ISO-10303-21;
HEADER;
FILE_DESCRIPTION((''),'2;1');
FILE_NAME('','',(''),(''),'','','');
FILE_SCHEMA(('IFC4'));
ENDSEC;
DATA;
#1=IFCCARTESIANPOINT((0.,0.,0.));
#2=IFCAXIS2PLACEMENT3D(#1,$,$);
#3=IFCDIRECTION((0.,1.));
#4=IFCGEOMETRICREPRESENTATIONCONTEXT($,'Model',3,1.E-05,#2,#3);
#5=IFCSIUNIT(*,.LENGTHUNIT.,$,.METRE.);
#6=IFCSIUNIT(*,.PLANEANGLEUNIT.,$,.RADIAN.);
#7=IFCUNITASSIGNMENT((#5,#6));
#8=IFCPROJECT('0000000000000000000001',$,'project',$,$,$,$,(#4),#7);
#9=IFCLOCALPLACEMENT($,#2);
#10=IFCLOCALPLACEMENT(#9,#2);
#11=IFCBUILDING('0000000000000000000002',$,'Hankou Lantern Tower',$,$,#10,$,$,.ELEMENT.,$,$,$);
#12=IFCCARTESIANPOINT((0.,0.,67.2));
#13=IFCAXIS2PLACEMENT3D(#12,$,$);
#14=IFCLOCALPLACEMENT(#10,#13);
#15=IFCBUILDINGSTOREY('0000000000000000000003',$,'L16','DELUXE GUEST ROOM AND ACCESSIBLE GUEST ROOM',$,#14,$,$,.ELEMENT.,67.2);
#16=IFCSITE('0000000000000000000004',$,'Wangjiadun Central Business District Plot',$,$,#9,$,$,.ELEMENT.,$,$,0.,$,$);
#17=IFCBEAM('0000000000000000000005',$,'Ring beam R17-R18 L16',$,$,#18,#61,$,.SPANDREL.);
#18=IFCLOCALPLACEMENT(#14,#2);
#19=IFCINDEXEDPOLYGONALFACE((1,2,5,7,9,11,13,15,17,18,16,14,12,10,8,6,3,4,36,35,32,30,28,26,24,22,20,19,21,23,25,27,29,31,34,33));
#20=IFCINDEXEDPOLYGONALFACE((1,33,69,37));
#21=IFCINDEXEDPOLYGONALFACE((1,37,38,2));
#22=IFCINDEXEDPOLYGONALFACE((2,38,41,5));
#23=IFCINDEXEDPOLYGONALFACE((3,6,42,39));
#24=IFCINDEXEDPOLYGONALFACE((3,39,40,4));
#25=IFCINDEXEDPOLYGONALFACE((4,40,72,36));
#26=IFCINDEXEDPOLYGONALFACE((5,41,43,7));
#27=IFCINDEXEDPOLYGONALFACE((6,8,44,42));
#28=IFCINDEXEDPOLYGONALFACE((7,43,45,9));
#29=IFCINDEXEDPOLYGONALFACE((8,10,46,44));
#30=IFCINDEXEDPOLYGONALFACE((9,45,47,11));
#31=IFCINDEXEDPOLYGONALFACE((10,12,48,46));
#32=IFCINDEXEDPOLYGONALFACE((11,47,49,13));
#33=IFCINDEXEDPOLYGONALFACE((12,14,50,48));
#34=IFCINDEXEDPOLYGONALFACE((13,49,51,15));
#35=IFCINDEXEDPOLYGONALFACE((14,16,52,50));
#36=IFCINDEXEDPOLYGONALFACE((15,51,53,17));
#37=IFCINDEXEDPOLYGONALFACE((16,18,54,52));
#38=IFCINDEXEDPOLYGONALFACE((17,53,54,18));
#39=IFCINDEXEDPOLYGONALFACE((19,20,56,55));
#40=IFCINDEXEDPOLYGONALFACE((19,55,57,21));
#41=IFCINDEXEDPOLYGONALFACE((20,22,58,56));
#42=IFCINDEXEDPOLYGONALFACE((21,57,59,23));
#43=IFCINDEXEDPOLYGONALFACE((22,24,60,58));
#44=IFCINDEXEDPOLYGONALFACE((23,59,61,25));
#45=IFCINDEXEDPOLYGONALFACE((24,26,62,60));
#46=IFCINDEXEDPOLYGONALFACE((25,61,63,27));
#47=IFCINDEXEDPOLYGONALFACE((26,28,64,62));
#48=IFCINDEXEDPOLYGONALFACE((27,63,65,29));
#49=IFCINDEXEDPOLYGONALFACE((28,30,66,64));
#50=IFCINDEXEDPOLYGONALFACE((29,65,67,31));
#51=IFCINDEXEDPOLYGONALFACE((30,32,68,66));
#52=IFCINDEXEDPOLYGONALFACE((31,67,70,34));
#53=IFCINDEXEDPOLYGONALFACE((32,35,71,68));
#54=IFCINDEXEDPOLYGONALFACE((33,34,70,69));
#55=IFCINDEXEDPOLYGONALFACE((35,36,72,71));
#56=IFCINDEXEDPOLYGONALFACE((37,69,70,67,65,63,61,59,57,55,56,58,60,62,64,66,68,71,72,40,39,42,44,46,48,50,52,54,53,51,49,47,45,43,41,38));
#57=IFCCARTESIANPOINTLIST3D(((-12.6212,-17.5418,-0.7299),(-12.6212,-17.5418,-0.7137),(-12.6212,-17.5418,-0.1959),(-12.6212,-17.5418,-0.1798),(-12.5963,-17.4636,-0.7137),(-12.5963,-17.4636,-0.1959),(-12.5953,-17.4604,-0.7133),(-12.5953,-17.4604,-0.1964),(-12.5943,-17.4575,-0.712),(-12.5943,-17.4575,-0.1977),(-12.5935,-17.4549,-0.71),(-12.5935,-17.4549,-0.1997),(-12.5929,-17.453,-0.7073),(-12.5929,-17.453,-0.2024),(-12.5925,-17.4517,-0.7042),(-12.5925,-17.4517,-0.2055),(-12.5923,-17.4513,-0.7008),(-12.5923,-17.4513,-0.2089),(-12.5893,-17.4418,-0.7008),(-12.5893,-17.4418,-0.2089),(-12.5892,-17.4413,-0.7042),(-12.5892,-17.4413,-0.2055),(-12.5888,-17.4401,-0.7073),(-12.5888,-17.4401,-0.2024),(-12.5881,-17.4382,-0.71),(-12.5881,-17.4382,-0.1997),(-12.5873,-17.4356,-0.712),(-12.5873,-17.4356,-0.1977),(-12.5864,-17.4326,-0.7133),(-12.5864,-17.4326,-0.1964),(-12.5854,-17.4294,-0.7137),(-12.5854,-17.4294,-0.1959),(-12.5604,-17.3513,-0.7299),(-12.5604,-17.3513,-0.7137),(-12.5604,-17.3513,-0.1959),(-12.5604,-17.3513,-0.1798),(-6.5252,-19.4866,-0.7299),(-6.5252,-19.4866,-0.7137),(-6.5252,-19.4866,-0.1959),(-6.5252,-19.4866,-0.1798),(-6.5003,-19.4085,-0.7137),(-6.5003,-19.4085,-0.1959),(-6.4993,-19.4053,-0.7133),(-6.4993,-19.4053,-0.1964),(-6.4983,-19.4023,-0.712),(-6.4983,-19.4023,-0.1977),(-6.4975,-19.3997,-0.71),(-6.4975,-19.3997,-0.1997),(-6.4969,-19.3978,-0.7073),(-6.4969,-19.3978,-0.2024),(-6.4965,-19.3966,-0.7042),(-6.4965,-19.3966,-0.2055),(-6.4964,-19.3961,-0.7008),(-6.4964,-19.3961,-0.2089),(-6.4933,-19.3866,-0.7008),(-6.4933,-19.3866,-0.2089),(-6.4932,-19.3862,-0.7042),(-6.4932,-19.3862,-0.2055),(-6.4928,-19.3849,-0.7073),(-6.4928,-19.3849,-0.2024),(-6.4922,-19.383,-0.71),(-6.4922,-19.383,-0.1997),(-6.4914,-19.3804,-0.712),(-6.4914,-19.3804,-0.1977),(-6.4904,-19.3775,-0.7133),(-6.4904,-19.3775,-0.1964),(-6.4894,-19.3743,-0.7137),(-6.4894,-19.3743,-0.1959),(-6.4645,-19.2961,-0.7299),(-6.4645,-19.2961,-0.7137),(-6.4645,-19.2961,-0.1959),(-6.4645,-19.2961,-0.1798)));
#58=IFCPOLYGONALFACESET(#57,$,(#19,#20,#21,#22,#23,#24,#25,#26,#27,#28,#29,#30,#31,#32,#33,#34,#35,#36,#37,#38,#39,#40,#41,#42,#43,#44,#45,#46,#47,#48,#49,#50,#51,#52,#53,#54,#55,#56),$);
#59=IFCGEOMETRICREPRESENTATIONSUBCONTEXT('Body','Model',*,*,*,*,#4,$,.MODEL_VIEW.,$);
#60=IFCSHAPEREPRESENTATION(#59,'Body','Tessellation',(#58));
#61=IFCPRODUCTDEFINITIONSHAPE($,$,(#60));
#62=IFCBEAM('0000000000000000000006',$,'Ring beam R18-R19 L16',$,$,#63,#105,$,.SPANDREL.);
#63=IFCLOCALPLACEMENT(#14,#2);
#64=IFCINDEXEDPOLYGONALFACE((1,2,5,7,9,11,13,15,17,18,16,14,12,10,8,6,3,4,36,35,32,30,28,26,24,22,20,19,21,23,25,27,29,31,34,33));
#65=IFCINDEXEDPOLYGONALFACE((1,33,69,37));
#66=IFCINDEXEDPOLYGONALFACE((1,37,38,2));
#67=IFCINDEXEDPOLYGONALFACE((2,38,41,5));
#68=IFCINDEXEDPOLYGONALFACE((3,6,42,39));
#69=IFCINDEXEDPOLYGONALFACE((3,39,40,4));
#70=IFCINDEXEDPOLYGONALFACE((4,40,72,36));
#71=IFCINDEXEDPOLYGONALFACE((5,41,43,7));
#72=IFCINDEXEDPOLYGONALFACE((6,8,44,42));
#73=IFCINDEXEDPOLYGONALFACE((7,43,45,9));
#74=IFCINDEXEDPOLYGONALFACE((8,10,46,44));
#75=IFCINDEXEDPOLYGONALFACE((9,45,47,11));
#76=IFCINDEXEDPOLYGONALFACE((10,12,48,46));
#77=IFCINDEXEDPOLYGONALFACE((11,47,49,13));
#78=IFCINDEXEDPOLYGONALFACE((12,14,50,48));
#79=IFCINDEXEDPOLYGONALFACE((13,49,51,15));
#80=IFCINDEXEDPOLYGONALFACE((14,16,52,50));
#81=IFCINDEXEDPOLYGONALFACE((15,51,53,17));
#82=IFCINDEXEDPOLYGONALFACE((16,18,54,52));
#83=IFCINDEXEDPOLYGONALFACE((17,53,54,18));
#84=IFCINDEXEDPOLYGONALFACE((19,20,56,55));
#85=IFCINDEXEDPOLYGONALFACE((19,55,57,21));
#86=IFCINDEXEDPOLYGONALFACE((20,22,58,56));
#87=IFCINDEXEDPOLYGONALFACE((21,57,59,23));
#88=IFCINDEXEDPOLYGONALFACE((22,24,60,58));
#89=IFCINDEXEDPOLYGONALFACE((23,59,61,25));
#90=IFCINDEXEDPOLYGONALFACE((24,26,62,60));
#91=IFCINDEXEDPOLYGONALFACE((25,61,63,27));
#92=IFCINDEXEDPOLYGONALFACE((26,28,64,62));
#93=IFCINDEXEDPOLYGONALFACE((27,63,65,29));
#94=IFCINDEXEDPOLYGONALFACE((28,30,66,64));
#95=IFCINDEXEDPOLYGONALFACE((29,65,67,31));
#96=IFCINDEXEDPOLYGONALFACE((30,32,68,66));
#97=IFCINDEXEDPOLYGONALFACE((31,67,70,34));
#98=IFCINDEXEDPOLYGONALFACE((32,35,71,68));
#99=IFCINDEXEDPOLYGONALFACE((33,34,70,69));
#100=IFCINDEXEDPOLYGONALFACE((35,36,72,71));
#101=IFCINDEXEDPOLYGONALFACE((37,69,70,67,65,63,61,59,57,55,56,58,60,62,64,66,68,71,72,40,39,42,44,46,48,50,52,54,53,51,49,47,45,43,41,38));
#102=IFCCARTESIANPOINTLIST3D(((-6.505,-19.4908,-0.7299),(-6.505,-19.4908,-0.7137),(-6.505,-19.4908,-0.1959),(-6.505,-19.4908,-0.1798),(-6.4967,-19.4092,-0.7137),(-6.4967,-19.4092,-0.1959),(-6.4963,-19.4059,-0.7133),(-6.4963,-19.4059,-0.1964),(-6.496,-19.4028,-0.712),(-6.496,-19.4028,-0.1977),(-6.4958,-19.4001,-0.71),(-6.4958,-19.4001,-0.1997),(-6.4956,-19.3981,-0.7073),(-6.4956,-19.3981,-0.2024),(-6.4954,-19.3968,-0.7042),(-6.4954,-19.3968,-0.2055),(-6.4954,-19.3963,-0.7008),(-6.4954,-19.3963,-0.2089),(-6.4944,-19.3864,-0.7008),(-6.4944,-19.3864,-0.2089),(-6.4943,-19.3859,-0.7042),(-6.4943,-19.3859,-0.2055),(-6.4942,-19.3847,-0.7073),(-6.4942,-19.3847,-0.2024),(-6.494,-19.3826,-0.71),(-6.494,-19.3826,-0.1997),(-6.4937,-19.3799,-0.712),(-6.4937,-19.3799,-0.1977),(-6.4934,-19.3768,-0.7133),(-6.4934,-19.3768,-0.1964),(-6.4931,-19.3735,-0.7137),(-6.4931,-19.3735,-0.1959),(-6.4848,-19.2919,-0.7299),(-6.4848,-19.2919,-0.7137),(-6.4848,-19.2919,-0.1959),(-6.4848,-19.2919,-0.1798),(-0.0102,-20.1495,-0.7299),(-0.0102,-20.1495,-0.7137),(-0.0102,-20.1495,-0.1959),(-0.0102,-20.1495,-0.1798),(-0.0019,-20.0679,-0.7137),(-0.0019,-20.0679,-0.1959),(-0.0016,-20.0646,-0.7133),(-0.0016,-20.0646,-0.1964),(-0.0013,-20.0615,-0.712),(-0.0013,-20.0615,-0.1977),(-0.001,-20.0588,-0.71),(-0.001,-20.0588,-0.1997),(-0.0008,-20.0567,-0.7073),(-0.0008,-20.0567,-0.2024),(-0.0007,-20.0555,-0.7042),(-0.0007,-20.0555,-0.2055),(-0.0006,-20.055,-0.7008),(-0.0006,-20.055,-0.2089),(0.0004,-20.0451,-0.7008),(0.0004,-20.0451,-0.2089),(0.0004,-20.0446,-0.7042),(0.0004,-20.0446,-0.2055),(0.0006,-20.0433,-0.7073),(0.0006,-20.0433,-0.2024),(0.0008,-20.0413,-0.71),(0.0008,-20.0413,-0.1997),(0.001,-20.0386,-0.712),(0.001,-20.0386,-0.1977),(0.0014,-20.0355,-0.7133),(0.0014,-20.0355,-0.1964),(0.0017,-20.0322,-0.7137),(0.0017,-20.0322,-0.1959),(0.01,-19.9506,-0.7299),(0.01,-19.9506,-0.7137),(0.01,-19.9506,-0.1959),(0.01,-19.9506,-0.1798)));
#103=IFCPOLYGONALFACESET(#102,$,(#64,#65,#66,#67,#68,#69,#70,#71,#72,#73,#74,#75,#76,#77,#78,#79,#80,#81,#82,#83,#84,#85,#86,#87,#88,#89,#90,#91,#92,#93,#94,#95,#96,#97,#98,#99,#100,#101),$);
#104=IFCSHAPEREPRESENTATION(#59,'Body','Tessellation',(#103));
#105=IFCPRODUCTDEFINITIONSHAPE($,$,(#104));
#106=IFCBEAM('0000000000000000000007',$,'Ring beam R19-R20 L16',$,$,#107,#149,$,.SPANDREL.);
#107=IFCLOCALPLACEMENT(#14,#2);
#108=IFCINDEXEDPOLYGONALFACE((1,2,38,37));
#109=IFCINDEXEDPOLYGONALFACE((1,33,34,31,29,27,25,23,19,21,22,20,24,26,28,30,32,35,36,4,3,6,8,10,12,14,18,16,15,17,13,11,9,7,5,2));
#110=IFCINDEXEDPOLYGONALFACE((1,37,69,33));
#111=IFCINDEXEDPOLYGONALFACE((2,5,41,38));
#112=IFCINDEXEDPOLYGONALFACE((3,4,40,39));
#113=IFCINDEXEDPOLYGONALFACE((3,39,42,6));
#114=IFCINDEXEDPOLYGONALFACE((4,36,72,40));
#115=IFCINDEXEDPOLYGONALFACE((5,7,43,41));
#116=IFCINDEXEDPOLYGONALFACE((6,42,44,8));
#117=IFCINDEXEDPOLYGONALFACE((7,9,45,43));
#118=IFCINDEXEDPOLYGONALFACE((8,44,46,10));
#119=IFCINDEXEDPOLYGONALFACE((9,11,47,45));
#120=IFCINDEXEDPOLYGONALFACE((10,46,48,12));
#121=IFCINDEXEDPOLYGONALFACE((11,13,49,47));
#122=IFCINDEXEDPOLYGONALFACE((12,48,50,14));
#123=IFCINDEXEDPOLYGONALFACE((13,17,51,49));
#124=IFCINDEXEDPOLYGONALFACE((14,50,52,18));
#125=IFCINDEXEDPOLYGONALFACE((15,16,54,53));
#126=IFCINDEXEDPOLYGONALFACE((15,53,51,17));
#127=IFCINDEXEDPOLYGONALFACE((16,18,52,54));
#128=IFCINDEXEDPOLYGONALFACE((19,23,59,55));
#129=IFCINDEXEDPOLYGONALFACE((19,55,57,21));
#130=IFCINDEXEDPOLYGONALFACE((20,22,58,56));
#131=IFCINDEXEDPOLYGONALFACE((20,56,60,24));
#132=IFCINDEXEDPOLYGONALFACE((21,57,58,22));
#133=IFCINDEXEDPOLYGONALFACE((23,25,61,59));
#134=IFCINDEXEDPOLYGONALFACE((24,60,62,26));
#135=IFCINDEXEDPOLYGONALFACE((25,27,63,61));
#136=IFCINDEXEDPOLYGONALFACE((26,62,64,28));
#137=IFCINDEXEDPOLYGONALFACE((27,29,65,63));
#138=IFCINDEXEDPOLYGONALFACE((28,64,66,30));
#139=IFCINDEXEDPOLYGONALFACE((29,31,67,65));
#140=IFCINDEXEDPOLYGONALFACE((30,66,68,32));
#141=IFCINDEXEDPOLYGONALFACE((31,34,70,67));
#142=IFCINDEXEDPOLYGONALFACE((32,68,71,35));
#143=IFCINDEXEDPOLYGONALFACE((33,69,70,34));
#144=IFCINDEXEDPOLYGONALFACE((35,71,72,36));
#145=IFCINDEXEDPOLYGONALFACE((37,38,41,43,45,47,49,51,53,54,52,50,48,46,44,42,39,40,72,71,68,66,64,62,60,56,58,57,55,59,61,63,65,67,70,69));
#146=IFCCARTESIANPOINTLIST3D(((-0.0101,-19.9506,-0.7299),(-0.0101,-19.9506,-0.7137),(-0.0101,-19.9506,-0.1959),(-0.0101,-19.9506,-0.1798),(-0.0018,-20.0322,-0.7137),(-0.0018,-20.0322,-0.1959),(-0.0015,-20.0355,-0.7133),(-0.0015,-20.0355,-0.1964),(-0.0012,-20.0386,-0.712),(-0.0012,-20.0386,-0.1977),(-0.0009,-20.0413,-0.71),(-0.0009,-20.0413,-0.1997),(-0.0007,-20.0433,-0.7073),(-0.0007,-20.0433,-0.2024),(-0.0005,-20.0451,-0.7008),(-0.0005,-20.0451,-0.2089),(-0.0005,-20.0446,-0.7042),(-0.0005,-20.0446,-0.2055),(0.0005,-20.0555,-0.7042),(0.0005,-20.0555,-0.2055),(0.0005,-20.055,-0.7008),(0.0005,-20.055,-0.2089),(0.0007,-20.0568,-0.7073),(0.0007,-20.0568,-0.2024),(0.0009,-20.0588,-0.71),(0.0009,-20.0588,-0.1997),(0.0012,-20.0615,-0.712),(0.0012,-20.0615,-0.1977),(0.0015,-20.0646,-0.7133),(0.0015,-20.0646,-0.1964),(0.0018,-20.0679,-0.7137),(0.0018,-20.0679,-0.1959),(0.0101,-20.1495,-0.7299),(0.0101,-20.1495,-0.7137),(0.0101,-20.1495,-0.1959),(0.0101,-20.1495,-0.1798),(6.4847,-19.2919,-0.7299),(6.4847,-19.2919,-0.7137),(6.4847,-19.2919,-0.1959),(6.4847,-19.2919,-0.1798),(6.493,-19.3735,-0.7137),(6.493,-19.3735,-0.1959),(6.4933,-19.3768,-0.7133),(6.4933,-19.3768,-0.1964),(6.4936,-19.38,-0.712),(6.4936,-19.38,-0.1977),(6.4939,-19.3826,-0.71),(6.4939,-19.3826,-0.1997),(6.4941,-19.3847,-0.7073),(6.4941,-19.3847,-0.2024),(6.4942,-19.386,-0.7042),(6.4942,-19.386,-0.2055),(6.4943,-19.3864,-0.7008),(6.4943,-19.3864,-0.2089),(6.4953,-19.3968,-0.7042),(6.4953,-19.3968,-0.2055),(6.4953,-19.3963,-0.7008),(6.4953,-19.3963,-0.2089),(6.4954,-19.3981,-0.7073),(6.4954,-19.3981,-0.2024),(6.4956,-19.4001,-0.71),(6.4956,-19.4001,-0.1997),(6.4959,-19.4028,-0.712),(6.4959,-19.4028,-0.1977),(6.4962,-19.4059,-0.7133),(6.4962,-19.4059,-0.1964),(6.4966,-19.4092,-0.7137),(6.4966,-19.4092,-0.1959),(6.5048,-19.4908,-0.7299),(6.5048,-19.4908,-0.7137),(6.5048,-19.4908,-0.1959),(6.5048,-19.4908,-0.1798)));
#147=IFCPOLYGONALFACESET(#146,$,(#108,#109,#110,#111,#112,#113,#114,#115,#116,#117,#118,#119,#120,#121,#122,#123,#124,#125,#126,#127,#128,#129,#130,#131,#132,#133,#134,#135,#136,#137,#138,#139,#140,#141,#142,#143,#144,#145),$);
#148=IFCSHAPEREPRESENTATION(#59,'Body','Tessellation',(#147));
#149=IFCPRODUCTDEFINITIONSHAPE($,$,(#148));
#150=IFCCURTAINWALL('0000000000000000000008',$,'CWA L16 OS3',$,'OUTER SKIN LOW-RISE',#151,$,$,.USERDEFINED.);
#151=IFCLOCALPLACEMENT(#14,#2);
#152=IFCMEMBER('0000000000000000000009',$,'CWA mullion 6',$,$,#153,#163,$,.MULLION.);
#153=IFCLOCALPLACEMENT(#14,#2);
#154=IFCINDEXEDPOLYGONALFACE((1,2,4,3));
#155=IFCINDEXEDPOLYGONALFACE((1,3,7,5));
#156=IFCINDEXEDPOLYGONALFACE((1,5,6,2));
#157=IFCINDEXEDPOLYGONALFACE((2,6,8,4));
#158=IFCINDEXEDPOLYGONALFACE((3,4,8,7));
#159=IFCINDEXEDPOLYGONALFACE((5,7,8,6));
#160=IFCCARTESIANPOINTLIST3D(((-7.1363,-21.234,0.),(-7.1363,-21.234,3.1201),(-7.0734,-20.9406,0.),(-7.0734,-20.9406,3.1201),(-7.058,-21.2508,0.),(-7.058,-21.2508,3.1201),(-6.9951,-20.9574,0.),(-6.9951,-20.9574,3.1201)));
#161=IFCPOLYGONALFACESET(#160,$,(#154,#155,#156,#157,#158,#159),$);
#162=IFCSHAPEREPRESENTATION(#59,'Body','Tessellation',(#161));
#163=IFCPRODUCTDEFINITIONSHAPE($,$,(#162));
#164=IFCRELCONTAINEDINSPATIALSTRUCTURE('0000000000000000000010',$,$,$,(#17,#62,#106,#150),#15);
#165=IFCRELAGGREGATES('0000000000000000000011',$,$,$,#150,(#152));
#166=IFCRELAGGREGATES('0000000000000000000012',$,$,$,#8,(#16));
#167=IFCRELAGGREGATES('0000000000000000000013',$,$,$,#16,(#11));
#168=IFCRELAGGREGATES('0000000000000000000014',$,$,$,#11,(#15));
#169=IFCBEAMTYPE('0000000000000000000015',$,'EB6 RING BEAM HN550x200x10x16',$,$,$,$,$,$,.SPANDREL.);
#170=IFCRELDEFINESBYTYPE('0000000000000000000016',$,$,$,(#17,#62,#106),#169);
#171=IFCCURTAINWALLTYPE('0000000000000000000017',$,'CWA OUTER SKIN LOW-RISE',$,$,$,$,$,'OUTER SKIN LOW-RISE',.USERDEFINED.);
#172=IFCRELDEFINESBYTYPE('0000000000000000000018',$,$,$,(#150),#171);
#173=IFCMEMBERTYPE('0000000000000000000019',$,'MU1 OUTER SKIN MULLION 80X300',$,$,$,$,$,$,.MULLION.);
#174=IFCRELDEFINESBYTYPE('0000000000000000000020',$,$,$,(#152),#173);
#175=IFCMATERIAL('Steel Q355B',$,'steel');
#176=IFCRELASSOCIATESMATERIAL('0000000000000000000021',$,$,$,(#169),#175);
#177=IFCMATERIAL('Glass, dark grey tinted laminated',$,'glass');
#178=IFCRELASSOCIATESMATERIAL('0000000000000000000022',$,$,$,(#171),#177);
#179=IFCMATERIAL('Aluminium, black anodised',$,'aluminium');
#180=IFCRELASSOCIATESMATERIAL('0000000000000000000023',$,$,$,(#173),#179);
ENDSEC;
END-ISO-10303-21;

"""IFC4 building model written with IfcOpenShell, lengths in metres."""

from ifc_helpers import new_model, si_unit, direction, frame, origin, origin_2d, place, context, subcontext, project, spatial, rectangle, i_section, extrude, material, material_profile, profile_set, type_object, element, aggregate, save


model = new_model("IFC4")

# Units and contexts
model_context = context("Model", 3, precision=1e-05, world=origin(), true_north=direction((0.0, 1.0)))
body_context = subcontext(model_context, "Body", "Model", "MODEL_VIEW")
ifc_project = project(units=[si_unit("LENGTHUNIT", "METRE"), si_unit("PLANEANGLEUNIT", "RADIAN")], contexts=[model_context])

# Site, building, storey
site_placement = place(None, origin())
site = spatial("IfcSite", under=ifc_project, at=site_placement, Name="Wangjiadun Central Business District Plot", CompositionType="ELEMENT", RefElevation=0.0)
building_placement = place(site_placement, origin())
building = spatial("IfcBuilding", under=site, at=building_placement, Name="Hankou Lantern Tower", CompositionType="ELEMENT")
storey_placement = place(building_placement, frame((0.0, 0.0, 67.2)))
storey = spatial("IfcBuildingStorey", under=building, at=storey_placement, Name="L16", Description="DELUXE GUEST ROOM AND ACCESSIBLE GUEST ROOM", CompositionType="ELEMENT", Elevation=67.2)

# Beams
ifc_material_1 = material(Name="Steel Q355B", Category="steel")
ifc_material_profile_1 = material_profile(ifc_material_1, i_section(OverallWidth=0.2, OverallDepth=0.55, WebThickness=0.01, FlangeThickness=0.0161, FilletRadius=0.0129, at=origin_2d()), Name="HN550x200x10x16")
ifc_profile_set_1 = profile_set([ifc_material_profile_1], Name="Steel Q355B")
beam_type_1 = type_object("IfcBeamType", Name="EB6 RING BEAM HN550x200x10x16", PredefinedType="SPANDREL", material=ifc_profile_set_1)
beam_1_placement = place(storey_placement, frame((-12.5908, -17.4465, -0.4548), z_axis=(0.95269, -0.303942, 0.0), x_axis=(0.303942, 0.95269, 0.0)))
element("IfcBeam", 1, at=beam_1_placement, inside=storey, type_object=beam_type_1, Name="Ring beam R17-R18 L16", PredefinedType="SPANDREL", context=body_context, shape_type="SweptSolid", body=[
    extrude(i_section(OverallWidth=0.2, OverallDepth=0.55, WebThickness=0.01, FlangeThickness=0.0161, FilletRadius=0.0129, at=origin_2d()), origin(), (0.0, 0.0, 1.0), 6.3987),
])
for number, where, z_axis, x_axis, name in (
    (2, (-6.4949, -19.3914, -0.4548), (0.994897, -0.1009, 0.0), (0.1009, 0.994897, 0.0), "Ring beam R18-R19 L16"),
    (3, (0.0, -20.05, -0.4548), (0.994897, 0.1009, 0.0), (-0.1009, 0.994897, 0.0), "Ring beam R19-R20 L16"),
):
    element("IfcBeam", number, at=place(storey_placement, frame(where, z_axis=z_axis, x_axis=x_axis)), inside=storey, type_object=beam_type_1, Name=name, PredefinedType="SPANDREL", context=body_context, shape_type="SweptSolid", body=[
        extrude(i_section(OverallWidth=0.2, OverallDepth=0.55, WebThickness=0.01, FlangeThickness=0.0161, FilletRadius=0.0129, at=origin_2d()), origin(), (0.0, 0.0, 1.0), 6.5281),
    ])

# Curtain wall, member
ifc_material_2 = material(Name="Glass, dark grey tinted laminated", Category="glass")
curtain_wall_type = type_object("IfcCurtainWallType", Name="CWA OUTER SKIN LOW-RISE", ElementType="OUTER SKIN LOW-RISE", PredefinedType="USERDEFINED", material=ifc_material_2)
curtain_wall_placement = place(storey_placement, origin())
curtain_wall = element("IfcCurtainWall", 4, at=curtain_wall_placement, inside=storey, type_object=curtain_wall_type, Name="CWA L16 OS3", ObjectType="OUTER SKIN LOW-RISE", PredefinedType="USERDEFINED")
ifc_material_3 = material(Name="Aluminium, black anodised", Category="aluminium")
ifc_material_profile_2 = material_profile(ifc_material_3, rectangle(XDim=0.0801, YDim=0.3, at=origin_2d()), Name="MU1 80X300")
ifc_profile_set_2 = profile_set([ifc_material_profile_2], Name="Aluminium, black anodised")
member_type_1 = type_object("IfcMemberType", Name="MU1 OUTER SKIN MULLION 80X300", PredefinedType="MULLION", material=ifc_profile_set_2)
member_1_placement = place(storey_placement, frame((-7.0657, -21.0957, 0.0), z_axis=(0.0, 0.0, 1.0), x_axis=(0.977788, -0.209598, 0.0)))
member_1 = element("IfcMember", 5, at=member_1_placement, type_object=member_type_1, Name="CWA mullion 6", PredefinedType="MULLION", context=body_context, shape_type="SweptSolid", body=[
    extrude(rectangle(XDim=0.0801, YDim=0.3, at=origin_2d()), origin(), (0.0, 0.0, 1.0), 3.1201),
])

aggregate(curtain_wall, [member_1])

save(model, "model.ifc")
